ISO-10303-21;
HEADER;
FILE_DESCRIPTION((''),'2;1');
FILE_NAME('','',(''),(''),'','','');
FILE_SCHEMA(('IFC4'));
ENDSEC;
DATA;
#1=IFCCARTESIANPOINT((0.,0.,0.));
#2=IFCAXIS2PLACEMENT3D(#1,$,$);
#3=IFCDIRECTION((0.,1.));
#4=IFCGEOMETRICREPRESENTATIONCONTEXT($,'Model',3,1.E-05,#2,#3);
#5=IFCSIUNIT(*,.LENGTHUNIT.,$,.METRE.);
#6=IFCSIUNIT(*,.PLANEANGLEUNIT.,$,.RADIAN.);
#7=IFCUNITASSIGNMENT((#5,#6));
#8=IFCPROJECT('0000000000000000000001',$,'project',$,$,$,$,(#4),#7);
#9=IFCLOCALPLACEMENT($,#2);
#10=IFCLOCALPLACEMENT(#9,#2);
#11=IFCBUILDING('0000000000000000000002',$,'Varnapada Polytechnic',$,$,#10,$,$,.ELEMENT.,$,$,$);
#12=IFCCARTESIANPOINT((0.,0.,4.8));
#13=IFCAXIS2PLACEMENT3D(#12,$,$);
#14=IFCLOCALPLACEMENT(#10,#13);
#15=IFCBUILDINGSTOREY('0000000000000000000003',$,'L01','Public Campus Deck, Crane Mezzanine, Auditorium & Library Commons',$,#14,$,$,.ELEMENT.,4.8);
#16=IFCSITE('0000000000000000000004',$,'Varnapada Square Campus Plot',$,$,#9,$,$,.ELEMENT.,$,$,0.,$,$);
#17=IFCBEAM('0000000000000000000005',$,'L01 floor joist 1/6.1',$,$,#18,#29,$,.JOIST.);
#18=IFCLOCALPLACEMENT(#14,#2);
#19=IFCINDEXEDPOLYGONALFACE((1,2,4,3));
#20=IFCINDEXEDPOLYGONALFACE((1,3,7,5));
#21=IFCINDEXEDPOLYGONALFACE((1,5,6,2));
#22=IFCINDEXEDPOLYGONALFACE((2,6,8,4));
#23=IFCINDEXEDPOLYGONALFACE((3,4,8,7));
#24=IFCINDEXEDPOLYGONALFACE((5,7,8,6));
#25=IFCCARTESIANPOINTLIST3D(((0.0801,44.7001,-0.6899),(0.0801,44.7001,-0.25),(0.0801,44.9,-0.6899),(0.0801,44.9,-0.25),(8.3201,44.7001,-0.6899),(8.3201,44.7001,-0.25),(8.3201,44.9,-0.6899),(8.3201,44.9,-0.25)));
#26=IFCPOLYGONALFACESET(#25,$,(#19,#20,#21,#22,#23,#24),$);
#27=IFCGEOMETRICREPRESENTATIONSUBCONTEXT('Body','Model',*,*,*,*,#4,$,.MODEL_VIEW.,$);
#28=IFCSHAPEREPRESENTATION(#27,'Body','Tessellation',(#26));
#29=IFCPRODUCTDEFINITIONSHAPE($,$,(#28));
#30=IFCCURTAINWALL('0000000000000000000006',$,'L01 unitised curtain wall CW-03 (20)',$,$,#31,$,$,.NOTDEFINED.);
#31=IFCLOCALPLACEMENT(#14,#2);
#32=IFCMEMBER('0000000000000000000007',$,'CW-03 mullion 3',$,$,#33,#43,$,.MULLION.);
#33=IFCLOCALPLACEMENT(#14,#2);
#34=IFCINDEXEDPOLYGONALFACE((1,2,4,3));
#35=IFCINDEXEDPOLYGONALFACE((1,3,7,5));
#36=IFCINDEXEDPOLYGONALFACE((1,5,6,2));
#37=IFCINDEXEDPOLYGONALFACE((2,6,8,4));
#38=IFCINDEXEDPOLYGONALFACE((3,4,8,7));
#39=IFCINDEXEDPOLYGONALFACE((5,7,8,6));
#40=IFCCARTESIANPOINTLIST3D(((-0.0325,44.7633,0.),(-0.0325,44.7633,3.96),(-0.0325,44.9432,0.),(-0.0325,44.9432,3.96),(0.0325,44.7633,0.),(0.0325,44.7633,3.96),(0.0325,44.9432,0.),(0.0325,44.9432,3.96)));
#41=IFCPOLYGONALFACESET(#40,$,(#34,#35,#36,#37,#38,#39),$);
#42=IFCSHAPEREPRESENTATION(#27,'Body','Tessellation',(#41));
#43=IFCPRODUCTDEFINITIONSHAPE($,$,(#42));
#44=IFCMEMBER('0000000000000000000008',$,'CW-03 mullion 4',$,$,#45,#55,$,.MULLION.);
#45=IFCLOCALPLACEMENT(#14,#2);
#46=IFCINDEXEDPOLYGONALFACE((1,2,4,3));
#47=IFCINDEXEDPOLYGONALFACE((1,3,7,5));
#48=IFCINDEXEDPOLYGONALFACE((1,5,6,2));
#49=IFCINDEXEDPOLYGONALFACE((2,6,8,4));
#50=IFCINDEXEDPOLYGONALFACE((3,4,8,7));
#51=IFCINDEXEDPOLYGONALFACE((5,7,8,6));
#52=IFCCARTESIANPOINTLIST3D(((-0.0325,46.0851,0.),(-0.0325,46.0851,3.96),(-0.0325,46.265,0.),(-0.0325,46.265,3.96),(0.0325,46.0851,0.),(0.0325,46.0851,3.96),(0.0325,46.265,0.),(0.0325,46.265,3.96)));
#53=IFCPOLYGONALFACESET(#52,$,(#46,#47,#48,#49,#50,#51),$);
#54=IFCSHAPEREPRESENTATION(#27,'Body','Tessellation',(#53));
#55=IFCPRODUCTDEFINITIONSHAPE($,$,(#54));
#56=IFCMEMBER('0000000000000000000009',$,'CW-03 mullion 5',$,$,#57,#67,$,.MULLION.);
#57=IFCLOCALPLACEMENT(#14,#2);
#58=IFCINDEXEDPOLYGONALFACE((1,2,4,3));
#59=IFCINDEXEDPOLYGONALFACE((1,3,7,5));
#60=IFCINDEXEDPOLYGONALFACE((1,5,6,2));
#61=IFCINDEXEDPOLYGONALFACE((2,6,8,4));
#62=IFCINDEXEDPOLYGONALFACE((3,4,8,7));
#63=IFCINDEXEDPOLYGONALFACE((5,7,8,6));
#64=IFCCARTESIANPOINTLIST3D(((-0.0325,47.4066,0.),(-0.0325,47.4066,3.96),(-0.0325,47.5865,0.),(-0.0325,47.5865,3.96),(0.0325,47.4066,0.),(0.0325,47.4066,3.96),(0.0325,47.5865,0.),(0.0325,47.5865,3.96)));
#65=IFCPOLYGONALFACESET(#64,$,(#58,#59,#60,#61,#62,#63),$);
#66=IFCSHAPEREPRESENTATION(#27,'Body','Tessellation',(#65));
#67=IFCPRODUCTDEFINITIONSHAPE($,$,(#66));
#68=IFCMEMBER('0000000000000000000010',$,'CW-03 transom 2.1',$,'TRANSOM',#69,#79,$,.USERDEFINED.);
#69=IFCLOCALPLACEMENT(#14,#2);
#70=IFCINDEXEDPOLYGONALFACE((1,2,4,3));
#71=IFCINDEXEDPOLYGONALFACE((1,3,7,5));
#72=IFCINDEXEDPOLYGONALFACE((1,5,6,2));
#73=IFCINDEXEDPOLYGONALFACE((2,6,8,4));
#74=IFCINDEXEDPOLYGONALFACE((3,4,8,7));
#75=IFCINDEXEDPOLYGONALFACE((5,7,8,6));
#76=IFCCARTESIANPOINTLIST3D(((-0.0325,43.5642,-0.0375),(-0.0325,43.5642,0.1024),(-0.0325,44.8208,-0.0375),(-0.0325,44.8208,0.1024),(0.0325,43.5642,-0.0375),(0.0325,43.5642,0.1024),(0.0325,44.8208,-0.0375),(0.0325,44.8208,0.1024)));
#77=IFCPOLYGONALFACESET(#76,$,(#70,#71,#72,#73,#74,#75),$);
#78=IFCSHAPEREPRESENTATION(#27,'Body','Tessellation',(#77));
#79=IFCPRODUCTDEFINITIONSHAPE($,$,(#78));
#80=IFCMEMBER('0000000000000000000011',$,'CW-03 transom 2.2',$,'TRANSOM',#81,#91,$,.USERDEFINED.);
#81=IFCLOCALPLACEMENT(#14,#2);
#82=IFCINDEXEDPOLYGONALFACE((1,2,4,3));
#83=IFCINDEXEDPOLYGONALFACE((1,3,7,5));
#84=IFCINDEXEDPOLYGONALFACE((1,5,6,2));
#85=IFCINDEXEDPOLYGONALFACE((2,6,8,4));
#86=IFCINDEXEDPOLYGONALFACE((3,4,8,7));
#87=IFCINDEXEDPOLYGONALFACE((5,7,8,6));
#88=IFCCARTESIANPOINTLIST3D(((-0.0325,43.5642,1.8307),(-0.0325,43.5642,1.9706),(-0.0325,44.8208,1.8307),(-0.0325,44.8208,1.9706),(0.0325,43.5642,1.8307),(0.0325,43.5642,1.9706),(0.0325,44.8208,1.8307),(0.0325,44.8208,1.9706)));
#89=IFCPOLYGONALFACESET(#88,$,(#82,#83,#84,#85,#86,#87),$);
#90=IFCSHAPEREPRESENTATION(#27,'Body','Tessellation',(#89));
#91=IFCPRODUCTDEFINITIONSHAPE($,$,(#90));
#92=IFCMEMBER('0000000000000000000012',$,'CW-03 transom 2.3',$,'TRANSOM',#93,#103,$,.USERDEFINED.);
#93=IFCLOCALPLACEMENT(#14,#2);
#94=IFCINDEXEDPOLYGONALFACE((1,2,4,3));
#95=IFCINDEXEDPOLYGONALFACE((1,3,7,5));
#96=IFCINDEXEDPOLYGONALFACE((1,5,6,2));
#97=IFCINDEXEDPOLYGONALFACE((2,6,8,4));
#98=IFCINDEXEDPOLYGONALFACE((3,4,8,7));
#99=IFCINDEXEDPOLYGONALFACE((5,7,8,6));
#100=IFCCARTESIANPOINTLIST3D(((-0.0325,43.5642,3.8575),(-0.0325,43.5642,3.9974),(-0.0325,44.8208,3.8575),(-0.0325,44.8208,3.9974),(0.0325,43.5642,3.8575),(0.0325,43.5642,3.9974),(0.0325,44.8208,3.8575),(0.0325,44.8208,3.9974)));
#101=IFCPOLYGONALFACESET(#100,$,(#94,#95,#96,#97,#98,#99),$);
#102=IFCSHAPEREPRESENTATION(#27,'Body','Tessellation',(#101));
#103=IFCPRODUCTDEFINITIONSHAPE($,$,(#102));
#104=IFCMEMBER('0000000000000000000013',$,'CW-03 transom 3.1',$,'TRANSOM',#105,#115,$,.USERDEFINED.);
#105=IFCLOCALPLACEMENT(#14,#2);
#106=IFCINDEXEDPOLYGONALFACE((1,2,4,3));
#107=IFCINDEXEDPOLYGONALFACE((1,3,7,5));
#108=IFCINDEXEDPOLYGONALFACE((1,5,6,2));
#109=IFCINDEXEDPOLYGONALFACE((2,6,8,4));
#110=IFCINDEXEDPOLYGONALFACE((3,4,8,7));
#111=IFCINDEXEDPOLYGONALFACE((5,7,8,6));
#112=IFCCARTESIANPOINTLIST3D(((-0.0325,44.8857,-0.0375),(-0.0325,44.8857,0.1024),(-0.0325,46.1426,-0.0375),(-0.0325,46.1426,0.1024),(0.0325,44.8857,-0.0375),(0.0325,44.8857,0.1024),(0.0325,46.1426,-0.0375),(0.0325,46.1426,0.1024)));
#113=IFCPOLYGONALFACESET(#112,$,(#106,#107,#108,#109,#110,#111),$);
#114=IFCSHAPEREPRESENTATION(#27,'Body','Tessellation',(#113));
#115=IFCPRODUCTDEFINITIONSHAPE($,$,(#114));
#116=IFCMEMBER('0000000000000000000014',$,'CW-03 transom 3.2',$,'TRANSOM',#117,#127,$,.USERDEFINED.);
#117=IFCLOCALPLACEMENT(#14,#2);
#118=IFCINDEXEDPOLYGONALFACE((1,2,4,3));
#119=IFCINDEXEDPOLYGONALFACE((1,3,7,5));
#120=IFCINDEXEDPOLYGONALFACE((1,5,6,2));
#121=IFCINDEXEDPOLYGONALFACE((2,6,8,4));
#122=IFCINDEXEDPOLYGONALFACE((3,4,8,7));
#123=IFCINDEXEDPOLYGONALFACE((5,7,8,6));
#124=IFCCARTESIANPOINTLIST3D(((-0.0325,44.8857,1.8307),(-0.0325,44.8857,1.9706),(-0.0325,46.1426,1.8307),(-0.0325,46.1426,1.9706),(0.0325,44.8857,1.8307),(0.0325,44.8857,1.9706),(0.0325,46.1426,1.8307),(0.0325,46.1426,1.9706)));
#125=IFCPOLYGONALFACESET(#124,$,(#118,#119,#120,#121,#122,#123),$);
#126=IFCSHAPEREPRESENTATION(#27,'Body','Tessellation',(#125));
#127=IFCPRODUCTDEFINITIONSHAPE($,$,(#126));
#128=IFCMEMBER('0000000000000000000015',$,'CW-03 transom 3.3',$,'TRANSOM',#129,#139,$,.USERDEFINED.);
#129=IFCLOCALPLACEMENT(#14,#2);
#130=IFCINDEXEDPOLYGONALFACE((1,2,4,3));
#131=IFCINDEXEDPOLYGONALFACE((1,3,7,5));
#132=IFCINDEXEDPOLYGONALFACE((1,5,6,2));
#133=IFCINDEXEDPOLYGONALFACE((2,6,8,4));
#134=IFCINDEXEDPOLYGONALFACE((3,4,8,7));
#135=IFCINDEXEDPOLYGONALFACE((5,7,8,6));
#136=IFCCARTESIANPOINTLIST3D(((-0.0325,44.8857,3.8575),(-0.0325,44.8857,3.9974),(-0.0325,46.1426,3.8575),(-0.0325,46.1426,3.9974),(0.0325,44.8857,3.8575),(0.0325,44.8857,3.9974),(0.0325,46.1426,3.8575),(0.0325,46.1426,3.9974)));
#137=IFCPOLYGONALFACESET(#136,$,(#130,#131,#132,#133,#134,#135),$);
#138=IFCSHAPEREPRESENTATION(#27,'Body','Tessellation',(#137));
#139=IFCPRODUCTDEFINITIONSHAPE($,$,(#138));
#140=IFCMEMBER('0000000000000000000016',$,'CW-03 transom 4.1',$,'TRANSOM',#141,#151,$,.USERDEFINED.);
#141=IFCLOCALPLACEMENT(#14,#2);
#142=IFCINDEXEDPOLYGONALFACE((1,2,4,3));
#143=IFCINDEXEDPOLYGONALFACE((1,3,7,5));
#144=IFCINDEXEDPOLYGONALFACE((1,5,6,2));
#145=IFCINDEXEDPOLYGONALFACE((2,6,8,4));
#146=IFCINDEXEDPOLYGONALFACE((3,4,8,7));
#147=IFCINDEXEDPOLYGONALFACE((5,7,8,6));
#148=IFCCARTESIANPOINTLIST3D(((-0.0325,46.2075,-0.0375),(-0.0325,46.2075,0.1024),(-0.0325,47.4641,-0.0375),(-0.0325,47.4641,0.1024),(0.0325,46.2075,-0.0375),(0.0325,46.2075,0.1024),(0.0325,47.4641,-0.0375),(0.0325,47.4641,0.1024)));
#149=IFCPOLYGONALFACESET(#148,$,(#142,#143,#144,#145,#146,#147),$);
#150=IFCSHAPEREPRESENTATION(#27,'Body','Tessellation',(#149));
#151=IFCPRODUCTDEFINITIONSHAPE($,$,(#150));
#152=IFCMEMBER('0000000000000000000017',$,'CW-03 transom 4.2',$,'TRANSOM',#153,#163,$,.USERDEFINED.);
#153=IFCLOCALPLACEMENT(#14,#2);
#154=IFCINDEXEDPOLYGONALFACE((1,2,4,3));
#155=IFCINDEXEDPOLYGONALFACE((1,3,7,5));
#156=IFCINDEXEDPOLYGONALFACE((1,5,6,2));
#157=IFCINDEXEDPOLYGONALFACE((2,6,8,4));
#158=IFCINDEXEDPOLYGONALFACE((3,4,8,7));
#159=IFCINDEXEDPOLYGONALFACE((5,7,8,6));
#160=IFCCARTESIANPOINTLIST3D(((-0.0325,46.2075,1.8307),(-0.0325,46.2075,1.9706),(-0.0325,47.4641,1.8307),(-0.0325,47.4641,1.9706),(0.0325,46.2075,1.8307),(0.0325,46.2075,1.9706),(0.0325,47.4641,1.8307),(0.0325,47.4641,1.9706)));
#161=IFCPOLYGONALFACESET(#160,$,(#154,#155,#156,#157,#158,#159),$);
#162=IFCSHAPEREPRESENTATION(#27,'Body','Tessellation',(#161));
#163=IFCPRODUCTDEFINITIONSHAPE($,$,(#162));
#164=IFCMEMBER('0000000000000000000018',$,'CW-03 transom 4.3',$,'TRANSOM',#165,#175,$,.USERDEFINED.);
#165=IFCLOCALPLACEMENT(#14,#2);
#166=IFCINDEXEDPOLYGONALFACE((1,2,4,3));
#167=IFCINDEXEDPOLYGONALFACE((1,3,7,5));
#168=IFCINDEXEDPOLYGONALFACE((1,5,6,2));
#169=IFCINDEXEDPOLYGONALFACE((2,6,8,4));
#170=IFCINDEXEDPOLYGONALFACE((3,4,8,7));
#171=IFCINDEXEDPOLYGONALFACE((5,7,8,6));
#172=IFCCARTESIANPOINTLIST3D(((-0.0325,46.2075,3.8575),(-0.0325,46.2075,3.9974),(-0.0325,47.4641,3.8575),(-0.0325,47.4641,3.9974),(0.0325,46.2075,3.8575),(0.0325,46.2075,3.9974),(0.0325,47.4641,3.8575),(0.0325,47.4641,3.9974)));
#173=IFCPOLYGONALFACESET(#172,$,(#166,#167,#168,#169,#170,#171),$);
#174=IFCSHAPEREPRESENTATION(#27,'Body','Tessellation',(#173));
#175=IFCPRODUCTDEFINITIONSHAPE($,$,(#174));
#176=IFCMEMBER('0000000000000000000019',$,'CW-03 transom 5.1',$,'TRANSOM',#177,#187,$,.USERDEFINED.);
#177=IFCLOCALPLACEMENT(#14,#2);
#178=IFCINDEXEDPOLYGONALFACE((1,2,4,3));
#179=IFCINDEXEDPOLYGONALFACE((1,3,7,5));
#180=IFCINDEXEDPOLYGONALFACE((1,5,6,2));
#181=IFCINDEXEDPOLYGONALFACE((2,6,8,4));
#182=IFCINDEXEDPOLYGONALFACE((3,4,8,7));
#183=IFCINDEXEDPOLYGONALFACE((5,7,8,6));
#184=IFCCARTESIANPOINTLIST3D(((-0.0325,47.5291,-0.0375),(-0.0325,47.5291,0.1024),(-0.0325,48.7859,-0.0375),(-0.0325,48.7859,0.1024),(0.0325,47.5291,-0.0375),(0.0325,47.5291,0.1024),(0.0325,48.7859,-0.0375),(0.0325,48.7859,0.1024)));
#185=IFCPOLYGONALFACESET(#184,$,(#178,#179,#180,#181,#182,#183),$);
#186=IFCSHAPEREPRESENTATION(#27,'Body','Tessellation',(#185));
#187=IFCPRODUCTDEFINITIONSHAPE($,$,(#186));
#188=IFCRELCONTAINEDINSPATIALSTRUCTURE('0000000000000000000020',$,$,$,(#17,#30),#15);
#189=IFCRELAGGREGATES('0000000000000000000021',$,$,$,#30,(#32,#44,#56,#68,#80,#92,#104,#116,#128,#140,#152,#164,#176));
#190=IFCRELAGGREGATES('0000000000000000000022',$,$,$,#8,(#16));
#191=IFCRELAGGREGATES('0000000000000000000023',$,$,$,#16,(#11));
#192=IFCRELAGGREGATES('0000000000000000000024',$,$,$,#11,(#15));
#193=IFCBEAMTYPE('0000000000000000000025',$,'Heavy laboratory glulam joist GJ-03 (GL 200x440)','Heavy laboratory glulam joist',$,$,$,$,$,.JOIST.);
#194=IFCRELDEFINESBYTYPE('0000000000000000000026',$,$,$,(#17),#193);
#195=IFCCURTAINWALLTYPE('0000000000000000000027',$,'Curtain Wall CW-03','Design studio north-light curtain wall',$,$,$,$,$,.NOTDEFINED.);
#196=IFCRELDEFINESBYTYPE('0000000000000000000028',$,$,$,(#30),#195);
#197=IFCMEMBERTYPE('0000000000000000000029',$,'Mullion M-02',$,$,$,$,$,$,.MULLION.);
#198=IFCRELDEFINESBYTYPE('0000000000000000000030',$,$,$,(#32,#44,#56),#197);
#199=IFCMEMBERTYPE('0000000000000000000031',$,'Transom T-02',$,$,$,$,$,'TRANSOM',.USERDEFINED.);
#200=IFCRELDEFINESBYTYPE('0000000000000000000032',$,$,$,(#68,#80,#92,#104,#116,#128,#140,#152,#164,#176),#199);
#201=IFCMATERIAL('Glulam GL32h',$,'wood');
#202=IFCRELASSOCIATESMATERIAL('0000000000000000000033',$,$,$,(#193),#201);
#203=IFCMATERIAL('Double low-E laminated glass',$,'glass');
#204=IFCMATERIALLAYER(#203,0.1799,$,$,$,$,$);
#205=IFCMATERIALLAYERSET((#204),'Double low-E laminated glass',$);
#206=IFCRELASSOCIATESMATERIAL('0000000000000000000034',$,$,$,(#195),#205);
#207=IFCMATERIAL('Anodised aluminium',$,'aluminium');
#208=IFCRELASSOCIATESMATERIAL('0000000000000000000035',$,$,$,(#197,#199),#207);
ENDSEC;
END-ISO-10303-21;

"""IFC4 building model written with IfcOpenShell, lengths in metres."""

from ifc_helpers import new_model, si_unit, direction, frame, origin, origin_2d, place, context, subcontext, project, spatial, rectangle, extrude, material, layer, layer_set, material_profile, profile_set, type_object, element, aggregate, save


model = new_model("IFC4")

# Units and contexts
model_context = context("Model", 3, precision=1e-05, world=origin(), true_north=direction((0.0, 1.0)))
body_context = subcontext(model_context, "Body", "Model", "MODEL_VIEW")
ifc_project = project(units=[si_unit("LENGTHUNIT", "METRE"), si_unit("PLANEANGLEUNIT", "RADIAN")], contexts=[model_context])

# Site, building, storey
site_placement = place(None, origin())
site = spatial("IfcSite", under=ifc_project, at=site_placement, Name="Varnapada Square Campus Plot", CompositionType="ELEMENT", RefElevation=0.0)
building_placement = place(site_placement, origin())
building = spatial("IfcBuilding", under=site, at=building_placement, Name="Varnapada Polytechnic", CompositionType="ELEMENT")
storey_placement = place(building_placement, frame((0.0, 0.0, 4.8)))
storey = spatial("IfcBuildingStorey", under=building, at=storey_placement, Name="L01", Description="Public Campus Deck, Crane Mezzanine, Auditorium & Library Commons", CompositionType="ELEMENT", Elevation=4.8)

# Beam
ifc_material_1 = material(Name="Glulam GL32h", Category="wood")
ifc_material_profile_1 = material_profile(ifc_material_1, rectangle(XDim=0.2, YDim=0.4399, at=origin_2d()), Name="GL 200x440")
ifc_profile_set_1 = profile_set([ifc_material_profile_1], Name="Glulam GL32h")
beam_type = type_object("IfcBeamType", Name="Heavy laboratory glulam joist GJ-03 (GL 200x440)", Description="Heavy laboratory glulam joist", PredefinedType="JOIST", material=ifc_profile_set_1)
beam_placement = place(storey_placement, frame((0.0801, 44.8, -0.47), z_axis=(1.0, 0.0, 0.0), x_axis=(0.0, 1.0, 0.0)))
element("IfcBeam", 1, at=beam_placement, inside=storey, type_object=beam_type, Name="L01 floor joist 1/6.1", PredefinedType="JOIST", context=body_context, shape_type="SweptSolid", body=[
    extrude(rectangle(XDim=0.2, YDim=0.4399, at=origin_2d()), origin(), (0.0, 0.0, 1.0), 8.24),
])

# Curtain wall, members
ifc_material_2 = material(Name="Double low-E laminated glass", Category="glass")
ifc_layer_1 = layer(ifc_material_2, 0.1799)
ifc_layer_set_1 = layer_set([ifc_layer_1], Name="Double low-E laminated glass")
curtain_wall_type = type_object("IfcCurtainWallType", Name="Curtain Wall CW-03", Description="Design studio north-light curtain wall", PredefinedType="NOTDEFINED", material=ifc_layer_set_1)
curtain_wall_placement = place(storey_placement, origin())
curtain_wall = element("IfcCurtainWall", 2, at=curtain_wall_placement, inside=storey, type_object=curtain_wall_type, Name="L01 unitised curtain wall CW-03 (20)", PredefinedType="NOTDEFINED")
ifc_material_3 = material(Name="Anodised aluminium", Category="aluminium")
ifc_material_profile_2 = material_profile(ifc_material_3, rectangle(XDim=0.0649, YDim=0.1799, at=origin_2d()), Name="ALU M65x180")
ifc_profile_set_2 = profile_set([ifc_material_profile_2], Name="Anodised aluminium")
member_type_1 = type_object("IfcMemberType", Name="Mullion M-02", PredefinedType="MULLION", material=ifc_profile_set_2)
member_1_placement = place(storey_placement, frame((0.0, 44.8533, 0.0), z_axis=(0.0, 0.0, 1.0), x_axis=(-1.0, 0.0, 0.0)))
member_1 = element("IfcMember", 3, at=member_1_placement, type_object=member_type_1, Name="CW-03 mullion 3", PredefinedType="MULLION", context=body_context, shape_type="SweptSolid", body=[
    extrude(rectangle(XDim=0.0649, YDim=0.1799, at=origin_2d()), origin(), (0.0, 0.0, 1.0), 3.96),
])
member_2_placement = place(storey_placement, frame((0.0, 46.175, 0.0), z_axis=(0.0, 0.0, 1.0), x_axis=(-1.0, 0.0, 0.0)))
member_2 = element("IfcMember", 4, at=member_2_placement, type_object=member_type_1, Name="CW-03 mullion 4", PredefinedType="MULLION", context=body_context, shape_type="SweptSolid", body=[
    extrude(rectangle(XDim=0.0649, YDim=0.1799, at=origin_2d()), origin(), (0.0, 0.0, 1.0), 3.96),
])
member_3_placement = place(storey_placement, frame((0.0, 47.4966, 0.0), z_axis=(0.0, 0.0, 1.0), x_axis=(-1.0, 0.0, 0.0)))
member_3 = element("IfcMember", 5, at=member_3_placement, type_object=member_type_1, Name="CW-03 mullion 5", PredefinedType="MULLION", context=body_context, shape_type="SweptSolid", body=[
    extrude(rectangle(XDim=0.0649, YDim=0.1799, at=origin_2d()), origin(), (0.0, 0.0, 1.0), 3.96),
])
ifc_material_profile_3 = material_profile(ifc_material_3, rectangle(XDim=0.0649, YDim=0.1399, at=origin_2d()), Name="ALU T65x140")
ifc_profile_set_3 = profile_set([ifc_material_profile_3], Name="Anodised aluminium")
member_type_2 = type_object("IfcMemberType", Name="Transom T-02", ElementType="TRANSOM", PredefinedType="USERDEFINED", material=ifc_profile_set_3)
member_4_placement = place(storey_placement, frame((0.0, 43.5642, 0.0325), z_axis=(0.0, 1.0, 0.0), x_axis=(-1.0, 0.0, 0.0)))
member_4 = element("IfcMember", 6, at=member_4_placement, type_object=member_type_2, Name="CW-03 transom 2.1", ObjectType="TRANSOM", PredefinedType="USERDEFINED", context=body_context, shape_type="SweptSolid", body=[
    extrude(rectangle(XDim=0.0649, YDim=0.1399, at=origin_2d()), origin(), (0.0, 0.0, 1.0), 1.2566),
])
member_5_placement = place(storey_placement, frame((0.0, 43.5642, 1.9006), z_axis=(0.0, 1.0, 0.0), x_axis=(-1.0, 0.0, 0.0)))
member_5 = element("IfcMember", 7, at=member_5_placement, type_object=member_type_2, Name="CW-03 transom 2.2", ObjectType="TRANSOM", PredefinedType="USERDEFINED", context=body_context, shape_type="SweptSolid", body=[
    extrude(rectangle(XDim=0.0649, YDim=0.1399, at=origin_2d()), origin(), (0.0, 0.0, 1.0), 1.2566),
])
member_6_placement = place(storey_placement, frame((0.0, 43.5642, 3.9275), z_axis=(0.0, 1.0, 0.0), x_axis=(-1.0, 0.0, 0.0)))
member_6 = element("IfcMember", 8, at=member_6_placement, type_object=member_type_2, Name="CW-03 transom 2.3", ObjectType="TRANSOM", PredefinedType="USERDEFINED", context=body_context, shape_type="SweptSolid", body=[
    extrude(rectangle(XDim=0.0649, YDim=0.1399, at=origin_2d()), origin(), (0.0, 0.0, 1.0), 1.2566),
])
member_7_placement = place(storey_placement, frame((0.0, 44.8857, 0.0325), z_axis=(0.0, 1.0, 0.0), x_axis=(-1.0, 0.0, 0.0)))
member_7 = element("IfcMember", 9, at=member_7_placement, type_object=member_type_2, Name="CW-03 transom 3.1", ObjectType="TRANSOM", PredefinedType="USERDEFINED", context=body_context, shape_type="SweptSolid", body=[
    extrude(rectangle(XDim=0.0649, YDim=0.1399, at=origin_2d()), origin(), (0.0, 0.0, 1.0), 1.2568),
])
member_8_placement = place(storey_placement, frame((0.0, 44.8857, 1.9006), z_axis=(0.0, 1.0, 0.0), x_axis=(-1.0, 0.0, 0.0)))
member_8 = element("IfcMember", 10, at=member_8_placement, type_object=member_type_2, Name="CW-03 transom 3.2", ObjectType="TRANSOM", PredefinedType="USERDEFINED", context=body_context, shape_type="SweptSolid", body=[
    extrude(rectangle(XDim=0.0649, YDim=0.1399, at=origin_2d()), origin(), (0.0, 0.0, 1.0), 1.2568),
])
member_9_placement = place(storey_placement, frame((0.0, 44.8857, 3.9275), z_axis=(0.0, 1.0, 0.0), x_axis=(-1.0, 0.0, 0.0)))
member_9 = element("IfcMember", 11, at=member_9_placement, type_object=member_type_2, Name="CW-03 transom 3.3", ObjectType="TRANSOM", PredefinedType="USERDEFINED", context=body_context, shape_type="SweptSolid", body=[
    extrude(rectangle(XDim=0.0649, YDim=0.1399, at=origin_2d()), origin(), (0.0, 0.0, 1.0), 1.2568),
])
member_10_placement = place(storey_placement, frame((0.0, 46.2075, 0.0325), z_axis=(0.0, 1.0, 0.0), x_axis=(-1.0, 0.0, 0.0)))
member_10 = element("IfcMember", 12, at=member_10_placement, type_object=member_type_2, Name="CW-03 transom 4.1", ObjectType="TRANSOM", PredefinedType="USERDEFINED", context=body_context, shape_type="SweptSolid", body=[
    extrude(rectangle(XDim=0.0649, YDim=0.1399, at=origin_2d()), origin(), (0.0, 0.0, 1.0), 1.2566),
])
member_11_placement = place(storey_placement, frame((0.0, 46.2075, 1.9006), z_axis=(0.0, 1.0, 0.0), x_axis=(-1.0, 0.0, 0.0)))
member_11 = element("IfcMember", 13, at=member_11_placement, type_object=member_type_2, Name="CW-03 transom 4.2", ObjectType="TRANSOM", PredefinedType="USERDEFINED", context=body_context, shape_type="SweptSolid", body=[
    extrude(rectangle(XDim=0.0649, YDim=0.1399, at=origin_2d()), origin(), (0.0, 0.0, 1.0), 1.2566),
])
member_12_placement = place(storey_placement, frame((0.0, 46.2075, 3.9275), z_axis=(0.0, 1.0, 0.0), x_axis=(-1.0, 0.0, 0.0)))
member_12 = element("IfcMember", 14, at=member_12_placement, type_object=member_type_2, Name="CW-03 transom 4.3", ObjectType="TRANSOM", PredefinedType="USERDEFINED", context=body_context, shape_type="SweptSolid", body=[
    extrude(rectangle(XDim=0.0649, YDim=0.1399, at=origin_2d()), origin(), (0.0, 0.0, 1.0), 1.2566),
])
member_13_placement = place(storey_placement, frame((0.0, 47.5291, 0.0325), z_axis=(0.0, 1.0, 0.0), x_axis=(-1.0, 0.0, 0.0)))
member_13 = element("IfcMember", 15, at=member_13_placement, type_object=member_type_2, Name="CW-03 transom 5.1", ObjectType="TRANSOM", PredefinedType="USERDEFINED", context=body_context, shape_type="SweptSolid", body=[
    extrude(rectangle(XDim=0.0649, YDim=0.1399, at=origin_2d()), origin(), (0.0, 0.0, 1.0), 1.2568),
])
aggregate(curtain_wall, [member_1, member_2, member_3, member_4, member_5, member_6, member_7, member_8, member_9, member_10, member_11, member_12, member_13])

save(model, "model.ifc")
